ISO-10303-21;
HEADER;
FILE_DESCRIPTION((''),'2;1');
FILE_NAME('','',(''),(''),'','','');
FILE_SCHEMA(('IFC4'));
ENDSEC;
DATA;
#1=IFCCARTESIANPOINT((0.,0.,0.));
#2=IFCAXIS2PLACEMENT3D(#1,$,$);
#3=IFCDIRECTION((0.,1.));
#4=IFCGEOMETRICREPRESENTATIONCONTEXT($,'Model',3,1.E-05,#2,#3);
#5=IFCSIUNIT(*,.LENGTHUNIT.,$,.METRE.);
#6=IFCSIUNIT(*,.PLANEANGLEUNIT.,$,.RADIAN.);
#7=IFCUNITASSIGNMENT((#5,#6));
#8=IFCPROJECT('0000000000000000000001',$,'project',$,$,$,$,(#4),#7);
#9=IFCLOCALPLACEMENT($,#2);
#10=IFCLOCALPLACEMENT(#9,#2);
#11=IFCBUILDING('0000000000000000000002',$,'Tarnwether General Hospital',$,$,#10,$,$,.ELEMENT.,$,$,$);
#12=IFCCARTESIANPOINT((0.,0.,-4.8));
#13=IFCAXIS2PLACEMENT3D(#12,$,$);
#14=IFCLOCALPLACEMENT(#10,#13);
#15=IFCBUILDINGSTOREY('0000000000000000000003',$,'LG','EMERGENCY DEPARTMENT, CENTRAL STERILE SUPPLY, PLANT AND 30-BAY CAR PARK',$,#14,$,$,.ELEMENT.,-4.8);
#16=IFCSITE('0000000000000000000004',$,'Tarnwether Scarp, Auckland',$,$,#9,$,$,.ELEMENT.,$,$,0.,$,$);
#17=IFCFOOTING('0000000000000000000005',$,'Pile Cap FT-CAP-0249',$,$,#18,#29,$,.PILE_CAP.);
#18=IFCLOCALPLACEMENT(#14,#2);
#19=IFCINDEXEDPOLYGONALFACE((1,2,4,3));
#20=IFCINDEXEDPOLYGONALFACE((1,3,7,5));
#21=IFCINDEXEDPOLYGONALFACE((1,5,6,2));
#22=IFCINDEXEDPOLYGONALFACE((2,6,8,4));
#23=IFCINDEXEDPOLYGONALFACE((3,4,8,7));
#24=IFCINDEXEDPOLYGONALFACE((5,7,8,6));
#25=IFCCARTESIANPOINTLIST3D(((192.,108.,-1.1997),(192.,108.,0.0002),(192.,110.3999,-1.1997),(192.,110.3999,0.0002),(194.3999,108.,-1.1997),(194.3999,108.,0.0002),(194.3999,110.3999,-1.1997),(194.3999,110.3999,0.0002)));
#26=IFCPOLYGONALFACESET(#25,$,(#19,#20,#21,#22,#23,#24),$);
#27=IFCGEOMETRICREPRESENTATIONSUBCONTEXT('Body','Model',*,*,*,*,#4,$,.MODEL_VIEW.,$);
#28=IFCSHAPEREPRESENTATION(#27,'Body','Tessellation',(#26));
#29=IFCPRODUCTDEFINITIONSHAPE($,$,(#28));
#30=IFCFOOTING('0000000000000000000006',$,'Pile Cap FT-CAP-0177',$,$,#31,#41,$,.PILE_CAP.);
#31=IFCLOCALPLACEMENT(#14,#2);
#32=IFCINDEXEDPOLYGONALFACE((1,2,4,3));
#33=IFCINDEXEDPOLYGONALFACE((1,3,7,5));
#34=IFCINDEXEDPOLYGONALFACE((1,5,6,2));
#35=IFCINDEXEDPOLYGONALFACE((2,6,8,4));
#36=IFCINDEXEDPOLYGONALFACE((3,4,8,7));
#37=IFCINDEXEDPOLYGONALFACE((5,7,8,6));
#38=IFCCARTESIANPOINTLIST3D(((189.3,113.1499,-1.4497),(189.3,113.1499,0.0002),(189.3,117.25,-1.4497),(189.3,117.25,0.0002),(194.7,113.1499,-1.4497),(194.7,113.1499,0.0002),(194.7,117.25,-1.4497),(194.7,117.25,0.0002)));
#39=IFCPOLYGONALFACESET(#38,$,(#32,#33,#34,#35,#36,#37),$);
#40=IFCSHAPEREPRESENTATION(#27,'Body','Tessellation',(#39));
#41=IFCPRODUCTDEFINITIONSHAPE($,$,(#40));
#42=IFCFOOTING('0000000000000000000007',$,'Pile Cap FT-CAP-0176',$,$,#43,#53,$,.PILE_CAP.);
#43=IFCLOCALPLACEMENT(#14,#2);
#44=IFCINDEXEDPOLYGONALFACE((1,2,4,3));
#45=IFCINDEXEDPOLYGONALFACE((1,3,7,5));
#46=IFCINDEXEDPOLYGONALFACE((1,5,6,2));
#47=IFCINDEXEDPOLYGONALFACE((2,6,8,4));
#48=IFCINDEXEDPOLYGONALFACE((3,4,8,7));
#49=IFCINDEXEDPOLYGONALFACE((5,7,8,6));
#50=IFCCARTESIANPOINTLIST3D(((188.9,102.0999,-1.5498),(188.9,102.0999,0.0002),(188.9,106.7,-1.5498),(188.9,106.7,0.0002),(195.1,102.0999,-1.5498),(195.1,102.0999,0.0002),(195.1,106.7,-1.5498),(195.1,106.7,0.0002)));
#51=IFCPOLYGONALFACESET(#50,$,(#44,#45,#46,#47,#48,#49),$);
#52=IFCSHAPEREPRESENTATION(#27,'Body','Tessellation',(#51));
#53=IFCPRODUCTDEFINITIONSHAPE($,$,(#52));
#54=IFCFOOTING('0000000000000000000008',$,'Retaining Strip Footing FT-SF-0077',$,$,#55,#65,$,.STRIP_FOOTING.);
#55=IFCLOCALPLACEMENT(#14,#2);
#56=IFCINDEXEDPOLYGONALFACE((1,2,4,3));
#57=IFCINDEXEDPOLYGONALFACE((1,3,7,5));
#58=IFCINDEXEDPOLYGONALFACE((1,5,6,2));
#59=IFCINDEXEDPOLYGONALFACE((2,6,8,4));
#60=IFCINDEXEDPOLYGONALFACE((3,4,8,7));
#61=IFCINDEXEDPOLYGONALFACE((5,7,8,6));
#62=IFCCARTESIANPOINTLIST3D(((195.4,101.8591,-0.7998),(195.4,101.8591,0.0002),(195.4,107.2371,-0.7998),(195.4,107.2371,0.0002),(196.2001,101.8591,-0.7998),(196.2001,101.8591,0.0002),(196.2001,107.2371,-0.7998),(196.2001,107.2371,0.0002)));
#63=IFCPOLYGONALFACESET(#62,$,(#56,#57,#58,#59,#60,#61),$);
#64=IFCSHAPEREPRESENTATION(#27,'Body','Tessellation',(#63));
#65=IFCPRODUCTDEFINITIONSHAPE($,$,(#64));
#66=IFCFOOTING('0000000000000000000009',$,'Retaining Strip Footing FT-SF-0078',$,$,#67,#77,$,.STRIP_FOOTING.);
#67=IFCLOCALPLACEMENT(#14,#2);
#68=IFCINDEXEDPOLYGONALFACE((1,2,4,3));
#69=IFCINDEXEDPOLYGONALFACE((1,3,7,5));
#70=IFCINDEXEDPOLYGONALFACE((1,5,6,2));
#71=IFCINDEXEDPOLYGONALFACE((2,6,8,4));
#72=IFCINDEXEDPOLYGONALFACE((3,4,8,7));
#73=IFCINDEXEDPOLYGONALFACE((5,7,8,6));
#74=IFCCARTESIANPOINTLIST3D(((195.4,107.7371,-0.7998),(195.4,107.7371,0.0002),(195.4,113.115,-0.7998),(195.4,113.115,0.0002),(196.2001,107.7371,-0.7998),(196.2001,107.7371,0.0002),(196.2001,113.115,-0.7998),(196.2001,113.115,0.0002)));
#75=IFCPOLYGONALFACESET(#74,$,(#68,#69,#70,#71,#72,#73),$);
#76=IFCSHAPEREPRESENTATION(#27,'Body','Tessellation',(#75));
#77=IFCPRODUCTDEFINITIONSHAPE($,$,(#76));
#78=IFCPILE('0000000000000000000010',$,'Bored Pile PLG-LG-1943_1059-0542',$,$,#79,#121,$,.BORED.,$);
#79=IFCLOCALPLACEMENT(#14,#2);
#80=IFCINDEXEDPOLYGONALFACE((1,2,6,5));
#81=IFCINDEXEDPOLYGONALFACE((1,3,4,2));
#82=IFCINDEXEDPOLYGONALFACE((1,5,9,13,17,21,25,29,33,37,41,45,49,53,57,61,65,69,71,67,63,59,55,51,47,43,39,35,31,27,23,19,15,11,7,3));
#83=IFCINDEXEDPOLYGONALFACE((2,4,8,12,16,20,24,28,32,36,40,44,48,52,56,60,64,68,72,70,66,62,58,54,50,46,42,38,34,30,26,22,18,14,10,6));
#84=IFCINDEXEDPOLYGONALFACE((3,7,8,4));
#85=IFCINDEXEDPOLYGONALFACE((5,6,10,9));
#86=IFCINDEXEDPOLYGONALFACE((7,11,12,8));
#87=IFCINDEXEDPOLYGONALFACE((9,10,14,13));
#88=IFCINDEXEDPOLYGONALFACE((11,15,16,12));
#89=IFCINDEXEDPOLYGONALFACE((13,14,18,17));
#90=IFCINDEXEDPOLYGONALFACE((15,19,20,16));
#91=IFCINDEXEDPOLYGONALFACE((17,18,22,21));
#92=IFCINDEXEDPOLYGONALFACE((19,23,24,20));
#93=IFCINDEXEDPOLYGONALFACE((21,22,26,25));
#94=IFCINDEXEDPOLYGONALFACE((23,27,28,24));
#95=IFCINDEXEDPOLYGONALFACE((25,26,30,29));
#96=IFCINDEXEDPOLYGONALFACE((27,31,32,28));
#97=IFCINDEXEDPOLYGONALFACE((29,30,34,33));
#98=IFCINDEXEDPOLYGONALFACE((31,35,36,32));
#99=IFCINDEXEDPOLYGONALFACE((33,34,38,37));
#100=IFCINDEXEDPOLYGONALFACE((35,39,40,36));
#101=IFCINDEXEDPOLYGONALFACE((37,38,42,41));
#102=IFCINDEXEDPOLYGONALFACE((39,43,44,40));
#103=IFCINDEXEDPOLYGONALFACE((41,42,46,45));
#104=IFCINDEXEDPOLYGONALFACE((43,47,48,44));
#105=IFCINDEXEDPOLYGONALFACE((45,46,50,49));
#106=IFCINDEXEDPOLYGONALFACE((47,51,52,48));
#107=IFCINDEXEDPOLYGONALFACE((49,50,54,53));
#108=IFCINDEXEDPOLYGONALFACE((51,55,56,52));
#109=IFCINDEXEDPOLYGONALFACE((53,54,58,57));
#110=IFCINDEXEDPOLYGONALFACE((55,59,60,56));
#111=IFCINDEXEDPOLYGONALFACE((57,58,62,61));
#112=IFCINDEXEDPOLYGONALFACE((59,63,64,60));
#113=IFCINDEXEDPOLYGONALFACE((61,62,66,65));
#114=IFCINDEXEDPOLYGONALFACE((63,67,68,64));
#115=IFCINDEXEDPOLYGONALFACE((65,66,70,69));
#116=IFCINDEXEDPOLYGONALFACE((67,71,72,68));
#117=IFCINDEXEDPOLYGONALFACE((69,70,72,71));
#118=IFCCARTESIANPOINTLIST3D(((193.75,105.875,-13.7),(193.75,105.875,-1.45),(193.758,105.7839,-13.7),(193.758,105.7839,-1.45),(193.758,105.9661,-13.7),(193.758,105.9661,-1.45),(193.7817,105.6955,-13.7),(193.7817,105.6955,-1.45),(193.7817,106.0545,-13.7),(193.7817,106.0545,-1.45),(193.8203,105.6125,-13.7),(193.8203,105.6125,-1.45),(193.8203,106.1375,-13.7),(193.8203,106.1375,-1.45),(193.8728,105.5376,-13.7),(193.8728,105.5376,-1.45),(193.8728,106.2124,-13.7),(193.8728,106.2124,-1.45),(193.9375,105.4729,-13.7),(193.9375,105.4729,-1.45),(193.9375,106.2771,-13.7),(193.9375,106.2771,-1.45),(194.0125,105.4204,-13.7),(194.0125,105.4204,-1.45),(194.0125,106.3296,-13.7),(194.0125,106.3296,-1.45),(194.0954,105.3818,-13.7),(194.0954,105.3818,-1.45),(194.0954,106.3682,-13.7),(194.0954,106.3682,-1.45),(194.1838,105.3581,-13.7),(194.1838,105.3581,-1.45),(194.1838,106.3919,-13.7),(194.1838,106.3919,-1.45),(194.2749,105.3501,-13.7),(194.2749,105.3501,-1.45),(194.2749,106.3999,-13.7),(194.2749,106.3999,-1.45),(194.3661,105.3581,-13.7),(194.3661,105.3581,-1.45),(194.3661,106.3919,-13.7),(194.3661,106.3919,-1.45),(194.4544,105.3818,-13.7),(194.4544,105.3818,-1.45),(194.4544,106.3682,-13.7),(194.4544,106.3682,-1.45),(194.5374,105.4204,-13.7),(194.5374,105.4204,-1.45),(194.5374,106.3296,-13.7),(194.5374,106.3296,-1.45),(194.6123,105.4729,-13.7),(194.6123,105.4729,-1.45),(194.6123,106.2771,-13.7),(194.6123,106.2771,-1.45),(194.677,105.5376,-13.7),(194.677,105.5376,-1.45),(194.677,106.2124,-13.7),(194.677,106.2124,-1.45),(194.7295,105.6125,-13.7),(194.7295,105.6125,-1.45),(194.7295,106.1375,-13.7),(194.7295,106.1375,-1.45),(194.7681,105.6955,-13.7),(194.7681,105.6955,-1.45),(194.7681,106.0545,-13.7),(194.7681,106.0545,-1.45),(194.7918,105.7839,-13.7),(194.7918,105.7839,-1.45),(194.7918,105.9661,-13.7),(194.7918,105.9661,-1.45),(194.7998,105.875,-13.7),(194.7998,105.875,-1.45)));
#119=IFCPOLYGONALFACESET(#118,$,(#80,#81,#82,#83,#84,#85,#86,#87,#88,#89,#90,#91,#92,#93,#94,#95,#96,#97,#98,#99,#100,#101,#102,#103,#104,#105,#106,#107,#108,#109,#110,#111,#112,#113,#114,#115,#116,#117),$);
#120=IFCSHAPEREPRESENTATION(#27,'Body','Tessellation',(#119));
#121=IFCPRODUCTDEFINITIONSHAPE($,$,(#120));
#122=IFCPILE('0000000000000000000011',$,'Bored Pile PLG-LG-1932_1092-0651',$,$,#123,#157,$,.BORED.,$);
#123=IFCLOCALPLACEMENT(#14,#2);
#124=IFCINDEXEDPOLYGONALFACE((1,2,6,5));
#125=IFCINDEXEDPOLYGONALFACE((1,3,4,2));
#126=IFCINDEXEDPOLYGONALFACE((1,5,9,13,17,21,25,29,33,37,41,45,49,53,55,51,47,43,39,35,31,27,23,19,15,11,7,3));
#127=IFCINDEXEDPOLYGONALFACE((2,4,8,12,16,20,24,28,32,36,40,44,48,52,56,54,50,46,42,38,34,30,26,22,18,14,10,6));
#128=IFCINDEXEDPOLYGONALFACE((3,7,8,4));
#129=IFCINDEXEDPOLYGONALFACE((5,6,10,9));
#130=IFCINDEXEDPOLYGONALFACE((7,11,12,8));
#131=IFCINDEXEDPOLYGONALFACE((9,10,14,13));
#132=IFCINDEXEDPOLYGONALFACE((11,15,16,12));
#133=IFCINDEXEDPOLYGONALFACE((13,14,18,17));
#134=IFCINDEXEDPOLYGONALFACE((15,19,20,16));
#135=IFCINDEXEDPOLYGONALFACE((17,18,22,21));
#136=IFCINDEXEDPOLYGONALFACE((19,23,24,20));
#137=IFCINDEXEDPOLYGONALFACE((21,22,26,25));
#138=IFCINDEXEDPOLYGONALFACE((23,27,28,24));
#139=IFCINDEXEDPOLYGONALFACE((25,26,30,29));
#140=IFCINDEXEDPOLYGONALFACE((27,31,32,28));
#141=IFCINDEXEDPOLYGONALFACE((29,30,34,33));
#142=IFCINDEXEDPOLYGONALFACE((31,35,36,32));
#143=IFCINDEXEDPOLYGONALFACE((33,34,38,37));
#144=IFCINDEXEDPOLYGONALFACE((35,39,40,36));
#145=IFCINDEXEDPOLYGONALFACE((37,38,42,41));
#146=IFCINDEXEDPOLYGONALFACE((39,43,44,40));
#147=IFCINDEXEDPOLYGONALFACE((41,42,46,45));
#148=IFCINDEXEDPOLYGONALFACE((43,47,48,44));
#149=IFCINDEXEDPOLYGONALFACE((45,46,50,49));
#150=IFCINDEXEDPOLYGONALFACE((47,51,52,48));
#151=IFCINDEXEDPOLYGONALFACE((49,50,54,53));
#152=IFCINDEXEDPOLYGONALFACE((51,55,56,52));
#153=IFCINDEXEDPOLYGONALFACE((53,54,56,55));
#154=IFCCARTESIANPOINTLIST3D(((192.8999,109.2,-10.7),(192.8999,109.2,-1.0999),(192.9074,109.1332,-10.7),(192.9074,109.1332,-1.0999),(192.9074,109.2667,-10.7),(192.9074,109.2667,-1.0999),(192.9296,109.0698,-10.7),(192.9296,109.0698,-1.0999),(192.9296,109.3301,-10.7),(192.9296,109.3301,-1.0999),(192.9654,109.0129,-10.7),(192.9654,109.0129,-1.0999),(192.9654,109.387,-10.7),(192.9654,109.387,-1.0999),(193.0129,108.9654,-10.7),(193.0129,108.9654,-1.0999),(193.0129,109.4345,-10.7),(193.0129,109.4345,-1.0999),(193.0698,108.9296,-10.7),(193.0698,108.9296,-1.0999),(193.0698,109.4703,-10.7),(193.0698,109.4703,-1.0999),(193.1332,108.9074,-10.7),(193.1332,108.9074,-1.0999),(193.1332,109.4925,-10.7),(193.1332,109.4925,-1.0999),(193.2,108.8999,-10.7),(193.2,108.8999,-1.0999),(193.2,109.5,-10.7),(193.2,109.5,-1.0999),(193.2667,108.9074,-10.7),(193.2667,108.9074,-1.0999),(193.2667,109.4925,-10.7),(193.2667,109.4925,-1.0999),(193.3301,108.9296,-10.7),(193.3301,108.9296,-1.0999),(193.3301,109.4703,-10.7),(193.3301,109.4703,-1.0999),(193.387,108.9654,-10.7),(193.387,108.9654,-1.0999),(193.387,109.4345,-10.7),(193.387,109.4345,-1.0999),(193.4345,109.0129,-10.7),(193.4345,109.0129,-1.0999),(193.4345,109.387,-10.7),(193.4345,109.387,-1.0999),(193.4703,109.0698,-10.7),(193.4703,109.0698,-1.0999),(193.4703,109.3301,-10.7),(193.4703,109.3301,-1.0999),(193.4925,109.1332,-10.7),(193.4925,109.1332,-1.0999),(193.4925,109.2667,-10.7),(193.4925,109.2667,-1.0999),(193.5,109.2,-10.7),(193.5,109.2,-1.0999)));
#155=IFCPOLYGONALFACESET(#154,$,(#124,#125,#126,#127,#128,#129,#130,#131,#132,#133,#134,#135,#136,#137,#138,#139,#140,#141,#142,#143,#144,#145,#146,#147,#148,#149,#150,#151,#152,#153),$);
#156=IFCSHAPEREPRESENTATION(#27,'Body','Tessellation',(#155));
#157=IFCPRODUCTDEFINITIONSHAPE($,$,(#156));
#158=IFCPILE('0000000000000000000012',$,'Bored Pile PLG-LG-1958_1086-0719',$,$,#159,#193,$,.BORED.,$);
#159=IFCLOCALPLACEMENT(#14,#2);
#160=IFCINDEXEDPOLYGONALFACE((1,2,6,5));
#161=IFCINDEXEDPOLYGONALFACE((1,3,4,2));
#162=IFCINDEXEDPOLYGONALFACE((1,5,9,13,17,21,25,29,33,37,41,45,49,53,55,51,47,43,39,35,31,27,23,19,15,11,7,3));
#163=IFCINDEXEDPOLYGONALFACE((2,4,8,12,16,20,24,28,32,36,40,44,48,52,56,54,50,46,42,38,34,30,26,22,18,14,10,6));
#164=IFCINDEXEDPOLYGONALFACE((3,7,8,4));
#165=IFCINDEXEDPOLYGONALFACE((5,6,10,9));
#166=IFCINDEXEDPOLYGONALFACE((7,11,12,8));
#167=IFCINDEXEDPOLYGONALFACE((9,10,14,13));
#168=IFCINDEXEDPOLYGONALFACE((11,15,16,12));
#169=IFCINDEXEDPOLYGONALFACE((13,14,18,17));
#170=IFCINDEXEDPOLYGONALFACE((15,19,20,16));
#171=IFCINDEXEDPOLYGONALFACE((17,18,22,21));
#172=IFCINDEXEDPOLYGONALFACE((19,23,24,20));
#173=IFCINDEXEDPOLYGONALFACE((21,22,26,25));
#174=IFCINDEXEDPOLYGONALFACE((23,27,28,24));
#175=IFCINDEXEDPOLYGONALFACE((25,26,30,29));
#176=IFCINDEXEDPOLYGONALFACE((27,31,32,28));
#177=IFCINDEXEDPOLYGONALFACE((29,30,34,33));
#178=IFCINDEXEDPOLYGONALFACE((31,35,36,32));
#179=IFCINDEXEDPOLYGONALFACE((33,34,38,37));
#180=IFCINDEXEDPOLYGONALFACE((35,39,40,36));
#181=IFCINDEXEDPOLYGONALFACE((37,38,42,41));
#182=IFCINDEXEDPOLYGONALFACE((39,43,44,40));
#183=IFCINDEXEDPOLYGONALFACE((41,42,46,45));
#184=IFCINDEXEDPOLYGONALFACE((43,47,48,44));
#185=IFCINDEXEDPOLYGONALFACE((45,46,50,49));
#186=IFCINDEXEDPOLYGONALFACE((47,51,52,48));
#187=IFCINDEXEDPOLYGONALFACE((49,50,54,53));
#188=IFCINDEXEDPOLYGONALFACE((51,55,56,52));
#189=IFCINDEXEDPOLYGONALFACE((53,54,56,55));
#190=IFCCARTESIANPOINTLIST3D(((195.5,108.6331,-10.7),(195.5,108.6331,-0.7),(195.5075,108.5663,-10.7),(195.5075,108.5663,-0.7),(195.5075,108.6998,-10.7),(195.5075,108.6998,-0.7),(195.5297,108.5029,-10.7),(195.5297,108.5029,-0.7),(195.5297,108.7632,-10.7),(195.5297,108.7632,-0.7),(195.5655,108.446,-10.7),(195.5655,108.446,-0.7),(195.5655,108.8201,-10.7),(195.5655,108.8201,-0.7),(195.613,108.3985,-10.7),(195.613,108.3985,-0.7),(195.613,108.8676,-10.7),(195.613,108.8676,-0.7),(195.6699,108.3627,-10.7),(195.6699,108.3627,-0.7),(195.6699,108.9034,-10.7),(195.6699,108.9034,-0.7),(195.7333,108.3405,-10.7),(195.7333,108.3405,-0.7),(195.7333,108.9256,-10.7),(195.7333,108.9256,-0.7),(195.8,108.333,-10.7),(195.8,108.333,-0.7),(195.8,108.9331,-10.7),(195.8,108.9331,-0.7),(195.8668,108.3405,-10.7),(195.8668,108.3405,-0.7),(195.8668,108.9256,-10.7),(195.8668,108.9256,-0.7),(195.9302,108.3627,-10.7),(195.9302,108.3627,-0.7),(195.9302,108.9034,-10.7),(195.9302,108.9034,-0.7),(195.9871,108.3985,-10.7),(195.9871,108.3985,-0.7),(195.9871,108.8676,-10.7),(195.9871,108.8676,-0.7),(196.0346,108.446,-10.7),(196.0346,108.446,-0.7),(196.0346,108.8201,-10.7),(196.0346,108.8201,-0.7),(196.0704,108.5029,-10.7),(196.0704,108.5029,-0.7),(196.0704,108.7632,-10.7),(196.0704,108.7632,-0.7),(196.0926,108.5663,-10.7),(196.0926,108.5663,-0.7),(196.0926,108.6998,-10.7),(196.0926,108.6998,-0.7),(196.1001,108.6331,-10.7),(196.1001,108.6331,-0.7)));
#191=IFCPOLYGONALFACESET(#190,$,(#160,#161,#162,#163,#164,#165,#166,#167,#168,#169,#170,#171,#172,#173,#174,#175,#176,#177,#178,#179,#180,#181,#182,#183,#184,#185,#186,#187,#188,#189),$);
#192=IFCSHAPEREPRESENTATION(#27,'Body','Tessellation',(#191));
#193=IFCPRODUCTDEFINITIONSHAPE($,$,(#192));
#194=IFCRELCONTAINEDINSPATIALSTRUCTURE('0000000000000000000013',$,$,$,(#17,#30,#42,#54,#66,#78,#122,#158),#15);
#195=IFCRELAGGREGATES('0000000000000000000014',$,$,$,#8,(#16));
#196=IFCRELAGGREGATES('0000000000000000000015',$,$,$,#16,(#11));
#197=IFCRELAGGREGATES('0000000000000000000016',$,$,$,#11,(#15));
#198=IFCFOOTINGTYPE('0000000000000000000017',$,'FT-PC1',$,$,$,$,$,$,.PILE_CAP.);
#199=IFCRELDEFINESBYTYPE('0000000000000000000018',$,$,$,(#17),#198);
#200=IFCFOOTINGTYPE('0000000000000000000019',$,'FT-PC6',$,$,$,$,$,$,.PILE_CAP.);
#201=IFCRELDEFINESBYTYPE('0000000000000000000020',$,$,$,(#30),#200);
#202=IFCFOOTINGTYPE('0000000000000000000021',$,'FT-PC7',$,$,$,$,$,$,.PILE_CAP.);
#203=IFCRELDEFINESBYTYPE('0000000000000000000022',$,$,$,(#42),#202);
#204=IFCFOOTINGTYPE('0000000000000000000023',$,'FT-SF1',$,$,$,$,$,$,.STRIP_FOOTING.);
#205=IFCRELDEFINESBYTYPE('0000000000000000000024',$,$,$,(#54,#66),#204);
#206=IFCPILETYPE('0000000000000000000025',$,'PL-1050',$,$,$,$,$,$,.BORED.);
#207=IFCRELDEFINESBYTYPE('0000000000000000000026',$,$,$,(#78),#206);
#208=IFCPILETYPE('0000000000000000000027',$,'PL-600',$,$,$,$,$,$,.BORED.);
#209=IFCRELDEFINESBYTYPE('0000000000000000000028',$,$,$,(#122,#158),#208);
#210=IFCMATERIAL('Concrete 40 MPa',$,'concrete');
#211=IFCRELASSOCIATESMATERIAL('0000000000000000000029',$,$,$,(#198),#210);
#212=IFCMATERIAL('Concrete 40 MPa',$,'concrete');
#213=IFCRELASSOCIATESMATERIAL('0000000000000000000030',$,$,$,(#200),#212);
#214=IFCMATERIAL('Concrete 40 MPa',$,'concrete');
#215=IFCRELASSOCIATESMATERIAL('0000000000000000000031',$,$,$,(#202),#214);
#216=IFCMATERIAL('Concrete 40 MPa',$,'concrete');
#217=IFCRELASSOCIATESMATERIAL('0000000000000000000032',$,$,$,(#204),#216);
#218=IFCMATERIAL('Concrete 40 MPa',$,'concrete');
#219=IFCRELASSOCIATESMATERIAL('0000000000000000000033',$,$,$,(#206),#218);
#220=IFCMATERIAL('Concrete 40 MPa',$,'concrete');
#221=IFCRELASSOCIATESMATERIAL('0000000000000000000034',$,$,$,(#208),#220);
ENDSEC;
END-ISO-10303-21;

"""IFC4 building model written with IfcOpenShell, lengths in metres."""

from ifc_helpers import new_model, si_unit, direction, frame, origin, origin_2d, place, context, subcontext, project, spatial, rectangle, circle, extrude, material, material_profile, profile_set, type_object, element, save


model = new_model("IFC4")

# Units and contexts
model_context = context("Model", 3, precision=1e-05, world=origin(), true_north=direction((0.0, 1.0)))
body_context = subcontext(model_context, "Body", "Model", "MODEL_VIEW")
ifc_project = project(units=[si_unit("LENGTHUNIT", "METRE"), si_unit("PLANEANGLEUNIT", "RADIAN")], contexts=[model_context])

# Site, building, storey
site_placement = place(None, origin())
site = spatial("IfcSite", under=ifc_project, at=site_placement, Name="Tarnwether Scarp, Auckland", CompositionType="ELEMENT", RefElevation=0.0)
building_placement = place(site_placement, origin())
building = spatial("IfcBuilding", under=site, at=building_placement, Name="Tarnwether General Hospital", CompositionType="ELEMENT")
storey_placement = place(building_placement, frame((0.0, 0.0, -4.8)))
storey = spatial("IfcBuildingStorey", under=building, at=storey_placement, Name="LG", Description="EMERGENCY DEPARTMENT, CENTRAL STERILE SUPPLY, PLANT AND 30-BAY CAR PARK", CompositionType="ELEMENT", Elevation=-4.8)

# Footings
ifc_material_1 = material(Name="Concrete 40 MPa", Category="concrete")
footing_type_1 = type_object("IfcFootingType", Name="FT-PC1", PredefinedType="PILE_CAP", material=ifc_material_1)
footing_1_placement = place(storey_placement, frame((193.2, 109.2, -1.1997), z_axis=(0.0, 0.0, 1.0), x_axis=(1.0, 0.0, 0.0)))
element("IfcFooting", 1, at=footing_1_placement, inside=storey, type_object=footing_type_1, Name="Pile Cap FT-CAP-0249", PredefinedType="PILE_CAP", context=body_context, shape_type="SweptSolid", body=[
    extrude(rectangle(XDim=2.3999, YDim=2.3999, at=origin_2d()), origin(), (0.0, 0.0, 1.0), 1.2),
])
ifc_material_2 = material(Name="Concrete 40 MPa", Category="concrete")
footing_type_2 = type_object("IfcFootingType", Name="FT-PC6", PredefinedType="PILE_CAP", material=ifc_material_2)
footing_2_placement = place(storey_placement, frame((192.0, 115.2, -1.4497), z_axis=(0.0, 0.0, 1.0), x_axis=(1.0, 0.0, 0.0)))
element("IfcFooting", 2, at=footing_2_placement, inside=storey, type_object=footing_type_2, Name="Pile Cap FT-CAP-0177", PredefinedType="PILE_CAP", context=body_context, shape_type="SweptSolid", body=[
    extrude(rectangle(XDim=5.3999, YDim=4.1001, at=origin_2d()), origin(), (0.0, 0.0, 1.0), 1.45),
])
ifc_material_3 = material(Name="Concrete 40 MPa", Category="concrete")
footing_type_3 = type_object("IfcFootingType", Name="FT-PC7", PredefinedType="PILE_CAP", material=ifc_material_3)
footing_3_placement = place(storey_placement, frame((192.0, 104.3999, -1.5498), z_axis=(0.0, 0.0, 1.0), x_axis=(1.0, 0.0, 0.0)))
element("IfcFooting", 3, at=footing_3_placement, inside=storey, type_object=footing_type_3, Name="Pile Cap FT-CAP-0176", PredefinedType="PILE_CAP", context=body_context, shape_type="SweptSolid", body=[
    extrude(rectangle(XDim=6.2, YDim=4.6001, at=origin_2d()), origin(), (0.0, 0.0, 1.0), 1.55),
])
ifc_material_4 = material(Name="Concrete 40 MPa", Category="concrete")
footing_type_4 = type_object("IfcFootingType", Name="FT-SF1", PredefinedType="STRIP_FOOTING", material=ifc_material_4)
for number, where, z_axis, x_axis, name in (
    (4, (195.8, 104.5481, -0.7998), (0.0, 0.0, 1.0), (0.0, 1.0, 0.0), "Retaining Strip Footing FT-SF-0077"),
    (5, (195.8, 110.426, -0.7998), (0.0, 0.0, 1.0), (0.0, 1.0, 0.0), "Retaining Strip Footing FT-SF-0078"),
):
    element("IfcFooting", number, at=place(storey_placement, frame(where, z_axis=z_axis, x_axis=x_axis)), inside=storey, type_object=footing_type_4, Name=name, PredefinedType="STRIP_FOOTING", context=body_context, shape_type="SweptSolid", body=[
        extrude(rectangle(XDim=5.3779, YDim=0.8, at=origin_2d()), origin(), (0.0, 0.0, 1.0), 0.8),
    ])

# Piles
ifc_material_5 = material(Name="Concrete 40 MPa", Category="concrete")
ifc_material_profile_1 = material_profile(ifc_material_5, circle(Radius=0.5249, at=origin_2d()), Name="PILE-D1050")
ifc_profile_set_1 = profile_set([ifc_material_profile_1], Name="Concrete 40 MPa")
pile_type_1 = type_object("IfcPileType", Name="PL-1050", PredefinedType="BORED", material=ifc_profile_set_1)
pile_1_placement = place(storey_placement, frame((194.2749, 105.875, -1.45), z_axis=(0.0, 0.0, -1.0), x_axis=(1.0, 0.0, 0.0)))
element("IfcPile", 6, at=pile_1_placement, inside=storey, type_object=pile_type_1, Name="Bored Pile PLG-LG-1943_1059-0542", PredefinedType="BORED", context=body_context, shape_type="SweptSolid", body=[
    extrude(circle(Radius=0.5249, at=origin_2d()), origin(), (0.0, 0.0, 1.0), 12.25),
])
ifc_material_6 = material(Name="Concrete 40 MPa", Category="concrete")
ifc_material_profile_2 = material_profile(ifc_material_6, circle(Radius=0.3, at=origin_2d()), Name="PILE-D600")
ifc_profile_set_2 = profile_set([ifc_material_profile_2], Name="Concrete 40 MPa")
pile_type_2 = type_object("IfcPileType", Name="PL-600", PredefinedType="BORED", material=ifc_profile_set_2)
pile_2_placement = place(storey_placement, frame((193.2, 109.2, -1.0999), z_axis=(0.0, 0.0, -1.0), x_axis=(1.0, 0.0, 0.0)))
element("IfcPile", 7, at=pile_2_placement, inside=storey, type_object=pile_type_2, Name="Bored Pile PLG-LG-1932_1092-0651", PredefinedType="BORED", context=body_context, shape_type="SweptSolid", body=[
    extrude(circle(Radius=0.3, at=origin_2d()), origin(), (0.0, 0.0, 1.0), 9.6001),
])
for number, where, z_axis, x_axis, name in (
    (8, (195.8, 108.6331, -0.7), (0.0, 0.0, -1.0), (1.0, 0.0, 0.0), "Bored Pile PLG-LG-1958_1086-0719"),
):
    element("IfcPile", number, at=place(storey_placement, frame(where, z_axis=z_axis, x_axis=x_axis)), inside=storey, type_object=pile_type_2, Name=name, PredefinedType="BORED", context=body_context, shape_type="SweptSolid", body=[
        extrude(circle(Radius=0.3, at=origin_2d()), origin(), (0.0, 0.0, 1.0), 10.0),
    ])

save(model, "model.ifc")
